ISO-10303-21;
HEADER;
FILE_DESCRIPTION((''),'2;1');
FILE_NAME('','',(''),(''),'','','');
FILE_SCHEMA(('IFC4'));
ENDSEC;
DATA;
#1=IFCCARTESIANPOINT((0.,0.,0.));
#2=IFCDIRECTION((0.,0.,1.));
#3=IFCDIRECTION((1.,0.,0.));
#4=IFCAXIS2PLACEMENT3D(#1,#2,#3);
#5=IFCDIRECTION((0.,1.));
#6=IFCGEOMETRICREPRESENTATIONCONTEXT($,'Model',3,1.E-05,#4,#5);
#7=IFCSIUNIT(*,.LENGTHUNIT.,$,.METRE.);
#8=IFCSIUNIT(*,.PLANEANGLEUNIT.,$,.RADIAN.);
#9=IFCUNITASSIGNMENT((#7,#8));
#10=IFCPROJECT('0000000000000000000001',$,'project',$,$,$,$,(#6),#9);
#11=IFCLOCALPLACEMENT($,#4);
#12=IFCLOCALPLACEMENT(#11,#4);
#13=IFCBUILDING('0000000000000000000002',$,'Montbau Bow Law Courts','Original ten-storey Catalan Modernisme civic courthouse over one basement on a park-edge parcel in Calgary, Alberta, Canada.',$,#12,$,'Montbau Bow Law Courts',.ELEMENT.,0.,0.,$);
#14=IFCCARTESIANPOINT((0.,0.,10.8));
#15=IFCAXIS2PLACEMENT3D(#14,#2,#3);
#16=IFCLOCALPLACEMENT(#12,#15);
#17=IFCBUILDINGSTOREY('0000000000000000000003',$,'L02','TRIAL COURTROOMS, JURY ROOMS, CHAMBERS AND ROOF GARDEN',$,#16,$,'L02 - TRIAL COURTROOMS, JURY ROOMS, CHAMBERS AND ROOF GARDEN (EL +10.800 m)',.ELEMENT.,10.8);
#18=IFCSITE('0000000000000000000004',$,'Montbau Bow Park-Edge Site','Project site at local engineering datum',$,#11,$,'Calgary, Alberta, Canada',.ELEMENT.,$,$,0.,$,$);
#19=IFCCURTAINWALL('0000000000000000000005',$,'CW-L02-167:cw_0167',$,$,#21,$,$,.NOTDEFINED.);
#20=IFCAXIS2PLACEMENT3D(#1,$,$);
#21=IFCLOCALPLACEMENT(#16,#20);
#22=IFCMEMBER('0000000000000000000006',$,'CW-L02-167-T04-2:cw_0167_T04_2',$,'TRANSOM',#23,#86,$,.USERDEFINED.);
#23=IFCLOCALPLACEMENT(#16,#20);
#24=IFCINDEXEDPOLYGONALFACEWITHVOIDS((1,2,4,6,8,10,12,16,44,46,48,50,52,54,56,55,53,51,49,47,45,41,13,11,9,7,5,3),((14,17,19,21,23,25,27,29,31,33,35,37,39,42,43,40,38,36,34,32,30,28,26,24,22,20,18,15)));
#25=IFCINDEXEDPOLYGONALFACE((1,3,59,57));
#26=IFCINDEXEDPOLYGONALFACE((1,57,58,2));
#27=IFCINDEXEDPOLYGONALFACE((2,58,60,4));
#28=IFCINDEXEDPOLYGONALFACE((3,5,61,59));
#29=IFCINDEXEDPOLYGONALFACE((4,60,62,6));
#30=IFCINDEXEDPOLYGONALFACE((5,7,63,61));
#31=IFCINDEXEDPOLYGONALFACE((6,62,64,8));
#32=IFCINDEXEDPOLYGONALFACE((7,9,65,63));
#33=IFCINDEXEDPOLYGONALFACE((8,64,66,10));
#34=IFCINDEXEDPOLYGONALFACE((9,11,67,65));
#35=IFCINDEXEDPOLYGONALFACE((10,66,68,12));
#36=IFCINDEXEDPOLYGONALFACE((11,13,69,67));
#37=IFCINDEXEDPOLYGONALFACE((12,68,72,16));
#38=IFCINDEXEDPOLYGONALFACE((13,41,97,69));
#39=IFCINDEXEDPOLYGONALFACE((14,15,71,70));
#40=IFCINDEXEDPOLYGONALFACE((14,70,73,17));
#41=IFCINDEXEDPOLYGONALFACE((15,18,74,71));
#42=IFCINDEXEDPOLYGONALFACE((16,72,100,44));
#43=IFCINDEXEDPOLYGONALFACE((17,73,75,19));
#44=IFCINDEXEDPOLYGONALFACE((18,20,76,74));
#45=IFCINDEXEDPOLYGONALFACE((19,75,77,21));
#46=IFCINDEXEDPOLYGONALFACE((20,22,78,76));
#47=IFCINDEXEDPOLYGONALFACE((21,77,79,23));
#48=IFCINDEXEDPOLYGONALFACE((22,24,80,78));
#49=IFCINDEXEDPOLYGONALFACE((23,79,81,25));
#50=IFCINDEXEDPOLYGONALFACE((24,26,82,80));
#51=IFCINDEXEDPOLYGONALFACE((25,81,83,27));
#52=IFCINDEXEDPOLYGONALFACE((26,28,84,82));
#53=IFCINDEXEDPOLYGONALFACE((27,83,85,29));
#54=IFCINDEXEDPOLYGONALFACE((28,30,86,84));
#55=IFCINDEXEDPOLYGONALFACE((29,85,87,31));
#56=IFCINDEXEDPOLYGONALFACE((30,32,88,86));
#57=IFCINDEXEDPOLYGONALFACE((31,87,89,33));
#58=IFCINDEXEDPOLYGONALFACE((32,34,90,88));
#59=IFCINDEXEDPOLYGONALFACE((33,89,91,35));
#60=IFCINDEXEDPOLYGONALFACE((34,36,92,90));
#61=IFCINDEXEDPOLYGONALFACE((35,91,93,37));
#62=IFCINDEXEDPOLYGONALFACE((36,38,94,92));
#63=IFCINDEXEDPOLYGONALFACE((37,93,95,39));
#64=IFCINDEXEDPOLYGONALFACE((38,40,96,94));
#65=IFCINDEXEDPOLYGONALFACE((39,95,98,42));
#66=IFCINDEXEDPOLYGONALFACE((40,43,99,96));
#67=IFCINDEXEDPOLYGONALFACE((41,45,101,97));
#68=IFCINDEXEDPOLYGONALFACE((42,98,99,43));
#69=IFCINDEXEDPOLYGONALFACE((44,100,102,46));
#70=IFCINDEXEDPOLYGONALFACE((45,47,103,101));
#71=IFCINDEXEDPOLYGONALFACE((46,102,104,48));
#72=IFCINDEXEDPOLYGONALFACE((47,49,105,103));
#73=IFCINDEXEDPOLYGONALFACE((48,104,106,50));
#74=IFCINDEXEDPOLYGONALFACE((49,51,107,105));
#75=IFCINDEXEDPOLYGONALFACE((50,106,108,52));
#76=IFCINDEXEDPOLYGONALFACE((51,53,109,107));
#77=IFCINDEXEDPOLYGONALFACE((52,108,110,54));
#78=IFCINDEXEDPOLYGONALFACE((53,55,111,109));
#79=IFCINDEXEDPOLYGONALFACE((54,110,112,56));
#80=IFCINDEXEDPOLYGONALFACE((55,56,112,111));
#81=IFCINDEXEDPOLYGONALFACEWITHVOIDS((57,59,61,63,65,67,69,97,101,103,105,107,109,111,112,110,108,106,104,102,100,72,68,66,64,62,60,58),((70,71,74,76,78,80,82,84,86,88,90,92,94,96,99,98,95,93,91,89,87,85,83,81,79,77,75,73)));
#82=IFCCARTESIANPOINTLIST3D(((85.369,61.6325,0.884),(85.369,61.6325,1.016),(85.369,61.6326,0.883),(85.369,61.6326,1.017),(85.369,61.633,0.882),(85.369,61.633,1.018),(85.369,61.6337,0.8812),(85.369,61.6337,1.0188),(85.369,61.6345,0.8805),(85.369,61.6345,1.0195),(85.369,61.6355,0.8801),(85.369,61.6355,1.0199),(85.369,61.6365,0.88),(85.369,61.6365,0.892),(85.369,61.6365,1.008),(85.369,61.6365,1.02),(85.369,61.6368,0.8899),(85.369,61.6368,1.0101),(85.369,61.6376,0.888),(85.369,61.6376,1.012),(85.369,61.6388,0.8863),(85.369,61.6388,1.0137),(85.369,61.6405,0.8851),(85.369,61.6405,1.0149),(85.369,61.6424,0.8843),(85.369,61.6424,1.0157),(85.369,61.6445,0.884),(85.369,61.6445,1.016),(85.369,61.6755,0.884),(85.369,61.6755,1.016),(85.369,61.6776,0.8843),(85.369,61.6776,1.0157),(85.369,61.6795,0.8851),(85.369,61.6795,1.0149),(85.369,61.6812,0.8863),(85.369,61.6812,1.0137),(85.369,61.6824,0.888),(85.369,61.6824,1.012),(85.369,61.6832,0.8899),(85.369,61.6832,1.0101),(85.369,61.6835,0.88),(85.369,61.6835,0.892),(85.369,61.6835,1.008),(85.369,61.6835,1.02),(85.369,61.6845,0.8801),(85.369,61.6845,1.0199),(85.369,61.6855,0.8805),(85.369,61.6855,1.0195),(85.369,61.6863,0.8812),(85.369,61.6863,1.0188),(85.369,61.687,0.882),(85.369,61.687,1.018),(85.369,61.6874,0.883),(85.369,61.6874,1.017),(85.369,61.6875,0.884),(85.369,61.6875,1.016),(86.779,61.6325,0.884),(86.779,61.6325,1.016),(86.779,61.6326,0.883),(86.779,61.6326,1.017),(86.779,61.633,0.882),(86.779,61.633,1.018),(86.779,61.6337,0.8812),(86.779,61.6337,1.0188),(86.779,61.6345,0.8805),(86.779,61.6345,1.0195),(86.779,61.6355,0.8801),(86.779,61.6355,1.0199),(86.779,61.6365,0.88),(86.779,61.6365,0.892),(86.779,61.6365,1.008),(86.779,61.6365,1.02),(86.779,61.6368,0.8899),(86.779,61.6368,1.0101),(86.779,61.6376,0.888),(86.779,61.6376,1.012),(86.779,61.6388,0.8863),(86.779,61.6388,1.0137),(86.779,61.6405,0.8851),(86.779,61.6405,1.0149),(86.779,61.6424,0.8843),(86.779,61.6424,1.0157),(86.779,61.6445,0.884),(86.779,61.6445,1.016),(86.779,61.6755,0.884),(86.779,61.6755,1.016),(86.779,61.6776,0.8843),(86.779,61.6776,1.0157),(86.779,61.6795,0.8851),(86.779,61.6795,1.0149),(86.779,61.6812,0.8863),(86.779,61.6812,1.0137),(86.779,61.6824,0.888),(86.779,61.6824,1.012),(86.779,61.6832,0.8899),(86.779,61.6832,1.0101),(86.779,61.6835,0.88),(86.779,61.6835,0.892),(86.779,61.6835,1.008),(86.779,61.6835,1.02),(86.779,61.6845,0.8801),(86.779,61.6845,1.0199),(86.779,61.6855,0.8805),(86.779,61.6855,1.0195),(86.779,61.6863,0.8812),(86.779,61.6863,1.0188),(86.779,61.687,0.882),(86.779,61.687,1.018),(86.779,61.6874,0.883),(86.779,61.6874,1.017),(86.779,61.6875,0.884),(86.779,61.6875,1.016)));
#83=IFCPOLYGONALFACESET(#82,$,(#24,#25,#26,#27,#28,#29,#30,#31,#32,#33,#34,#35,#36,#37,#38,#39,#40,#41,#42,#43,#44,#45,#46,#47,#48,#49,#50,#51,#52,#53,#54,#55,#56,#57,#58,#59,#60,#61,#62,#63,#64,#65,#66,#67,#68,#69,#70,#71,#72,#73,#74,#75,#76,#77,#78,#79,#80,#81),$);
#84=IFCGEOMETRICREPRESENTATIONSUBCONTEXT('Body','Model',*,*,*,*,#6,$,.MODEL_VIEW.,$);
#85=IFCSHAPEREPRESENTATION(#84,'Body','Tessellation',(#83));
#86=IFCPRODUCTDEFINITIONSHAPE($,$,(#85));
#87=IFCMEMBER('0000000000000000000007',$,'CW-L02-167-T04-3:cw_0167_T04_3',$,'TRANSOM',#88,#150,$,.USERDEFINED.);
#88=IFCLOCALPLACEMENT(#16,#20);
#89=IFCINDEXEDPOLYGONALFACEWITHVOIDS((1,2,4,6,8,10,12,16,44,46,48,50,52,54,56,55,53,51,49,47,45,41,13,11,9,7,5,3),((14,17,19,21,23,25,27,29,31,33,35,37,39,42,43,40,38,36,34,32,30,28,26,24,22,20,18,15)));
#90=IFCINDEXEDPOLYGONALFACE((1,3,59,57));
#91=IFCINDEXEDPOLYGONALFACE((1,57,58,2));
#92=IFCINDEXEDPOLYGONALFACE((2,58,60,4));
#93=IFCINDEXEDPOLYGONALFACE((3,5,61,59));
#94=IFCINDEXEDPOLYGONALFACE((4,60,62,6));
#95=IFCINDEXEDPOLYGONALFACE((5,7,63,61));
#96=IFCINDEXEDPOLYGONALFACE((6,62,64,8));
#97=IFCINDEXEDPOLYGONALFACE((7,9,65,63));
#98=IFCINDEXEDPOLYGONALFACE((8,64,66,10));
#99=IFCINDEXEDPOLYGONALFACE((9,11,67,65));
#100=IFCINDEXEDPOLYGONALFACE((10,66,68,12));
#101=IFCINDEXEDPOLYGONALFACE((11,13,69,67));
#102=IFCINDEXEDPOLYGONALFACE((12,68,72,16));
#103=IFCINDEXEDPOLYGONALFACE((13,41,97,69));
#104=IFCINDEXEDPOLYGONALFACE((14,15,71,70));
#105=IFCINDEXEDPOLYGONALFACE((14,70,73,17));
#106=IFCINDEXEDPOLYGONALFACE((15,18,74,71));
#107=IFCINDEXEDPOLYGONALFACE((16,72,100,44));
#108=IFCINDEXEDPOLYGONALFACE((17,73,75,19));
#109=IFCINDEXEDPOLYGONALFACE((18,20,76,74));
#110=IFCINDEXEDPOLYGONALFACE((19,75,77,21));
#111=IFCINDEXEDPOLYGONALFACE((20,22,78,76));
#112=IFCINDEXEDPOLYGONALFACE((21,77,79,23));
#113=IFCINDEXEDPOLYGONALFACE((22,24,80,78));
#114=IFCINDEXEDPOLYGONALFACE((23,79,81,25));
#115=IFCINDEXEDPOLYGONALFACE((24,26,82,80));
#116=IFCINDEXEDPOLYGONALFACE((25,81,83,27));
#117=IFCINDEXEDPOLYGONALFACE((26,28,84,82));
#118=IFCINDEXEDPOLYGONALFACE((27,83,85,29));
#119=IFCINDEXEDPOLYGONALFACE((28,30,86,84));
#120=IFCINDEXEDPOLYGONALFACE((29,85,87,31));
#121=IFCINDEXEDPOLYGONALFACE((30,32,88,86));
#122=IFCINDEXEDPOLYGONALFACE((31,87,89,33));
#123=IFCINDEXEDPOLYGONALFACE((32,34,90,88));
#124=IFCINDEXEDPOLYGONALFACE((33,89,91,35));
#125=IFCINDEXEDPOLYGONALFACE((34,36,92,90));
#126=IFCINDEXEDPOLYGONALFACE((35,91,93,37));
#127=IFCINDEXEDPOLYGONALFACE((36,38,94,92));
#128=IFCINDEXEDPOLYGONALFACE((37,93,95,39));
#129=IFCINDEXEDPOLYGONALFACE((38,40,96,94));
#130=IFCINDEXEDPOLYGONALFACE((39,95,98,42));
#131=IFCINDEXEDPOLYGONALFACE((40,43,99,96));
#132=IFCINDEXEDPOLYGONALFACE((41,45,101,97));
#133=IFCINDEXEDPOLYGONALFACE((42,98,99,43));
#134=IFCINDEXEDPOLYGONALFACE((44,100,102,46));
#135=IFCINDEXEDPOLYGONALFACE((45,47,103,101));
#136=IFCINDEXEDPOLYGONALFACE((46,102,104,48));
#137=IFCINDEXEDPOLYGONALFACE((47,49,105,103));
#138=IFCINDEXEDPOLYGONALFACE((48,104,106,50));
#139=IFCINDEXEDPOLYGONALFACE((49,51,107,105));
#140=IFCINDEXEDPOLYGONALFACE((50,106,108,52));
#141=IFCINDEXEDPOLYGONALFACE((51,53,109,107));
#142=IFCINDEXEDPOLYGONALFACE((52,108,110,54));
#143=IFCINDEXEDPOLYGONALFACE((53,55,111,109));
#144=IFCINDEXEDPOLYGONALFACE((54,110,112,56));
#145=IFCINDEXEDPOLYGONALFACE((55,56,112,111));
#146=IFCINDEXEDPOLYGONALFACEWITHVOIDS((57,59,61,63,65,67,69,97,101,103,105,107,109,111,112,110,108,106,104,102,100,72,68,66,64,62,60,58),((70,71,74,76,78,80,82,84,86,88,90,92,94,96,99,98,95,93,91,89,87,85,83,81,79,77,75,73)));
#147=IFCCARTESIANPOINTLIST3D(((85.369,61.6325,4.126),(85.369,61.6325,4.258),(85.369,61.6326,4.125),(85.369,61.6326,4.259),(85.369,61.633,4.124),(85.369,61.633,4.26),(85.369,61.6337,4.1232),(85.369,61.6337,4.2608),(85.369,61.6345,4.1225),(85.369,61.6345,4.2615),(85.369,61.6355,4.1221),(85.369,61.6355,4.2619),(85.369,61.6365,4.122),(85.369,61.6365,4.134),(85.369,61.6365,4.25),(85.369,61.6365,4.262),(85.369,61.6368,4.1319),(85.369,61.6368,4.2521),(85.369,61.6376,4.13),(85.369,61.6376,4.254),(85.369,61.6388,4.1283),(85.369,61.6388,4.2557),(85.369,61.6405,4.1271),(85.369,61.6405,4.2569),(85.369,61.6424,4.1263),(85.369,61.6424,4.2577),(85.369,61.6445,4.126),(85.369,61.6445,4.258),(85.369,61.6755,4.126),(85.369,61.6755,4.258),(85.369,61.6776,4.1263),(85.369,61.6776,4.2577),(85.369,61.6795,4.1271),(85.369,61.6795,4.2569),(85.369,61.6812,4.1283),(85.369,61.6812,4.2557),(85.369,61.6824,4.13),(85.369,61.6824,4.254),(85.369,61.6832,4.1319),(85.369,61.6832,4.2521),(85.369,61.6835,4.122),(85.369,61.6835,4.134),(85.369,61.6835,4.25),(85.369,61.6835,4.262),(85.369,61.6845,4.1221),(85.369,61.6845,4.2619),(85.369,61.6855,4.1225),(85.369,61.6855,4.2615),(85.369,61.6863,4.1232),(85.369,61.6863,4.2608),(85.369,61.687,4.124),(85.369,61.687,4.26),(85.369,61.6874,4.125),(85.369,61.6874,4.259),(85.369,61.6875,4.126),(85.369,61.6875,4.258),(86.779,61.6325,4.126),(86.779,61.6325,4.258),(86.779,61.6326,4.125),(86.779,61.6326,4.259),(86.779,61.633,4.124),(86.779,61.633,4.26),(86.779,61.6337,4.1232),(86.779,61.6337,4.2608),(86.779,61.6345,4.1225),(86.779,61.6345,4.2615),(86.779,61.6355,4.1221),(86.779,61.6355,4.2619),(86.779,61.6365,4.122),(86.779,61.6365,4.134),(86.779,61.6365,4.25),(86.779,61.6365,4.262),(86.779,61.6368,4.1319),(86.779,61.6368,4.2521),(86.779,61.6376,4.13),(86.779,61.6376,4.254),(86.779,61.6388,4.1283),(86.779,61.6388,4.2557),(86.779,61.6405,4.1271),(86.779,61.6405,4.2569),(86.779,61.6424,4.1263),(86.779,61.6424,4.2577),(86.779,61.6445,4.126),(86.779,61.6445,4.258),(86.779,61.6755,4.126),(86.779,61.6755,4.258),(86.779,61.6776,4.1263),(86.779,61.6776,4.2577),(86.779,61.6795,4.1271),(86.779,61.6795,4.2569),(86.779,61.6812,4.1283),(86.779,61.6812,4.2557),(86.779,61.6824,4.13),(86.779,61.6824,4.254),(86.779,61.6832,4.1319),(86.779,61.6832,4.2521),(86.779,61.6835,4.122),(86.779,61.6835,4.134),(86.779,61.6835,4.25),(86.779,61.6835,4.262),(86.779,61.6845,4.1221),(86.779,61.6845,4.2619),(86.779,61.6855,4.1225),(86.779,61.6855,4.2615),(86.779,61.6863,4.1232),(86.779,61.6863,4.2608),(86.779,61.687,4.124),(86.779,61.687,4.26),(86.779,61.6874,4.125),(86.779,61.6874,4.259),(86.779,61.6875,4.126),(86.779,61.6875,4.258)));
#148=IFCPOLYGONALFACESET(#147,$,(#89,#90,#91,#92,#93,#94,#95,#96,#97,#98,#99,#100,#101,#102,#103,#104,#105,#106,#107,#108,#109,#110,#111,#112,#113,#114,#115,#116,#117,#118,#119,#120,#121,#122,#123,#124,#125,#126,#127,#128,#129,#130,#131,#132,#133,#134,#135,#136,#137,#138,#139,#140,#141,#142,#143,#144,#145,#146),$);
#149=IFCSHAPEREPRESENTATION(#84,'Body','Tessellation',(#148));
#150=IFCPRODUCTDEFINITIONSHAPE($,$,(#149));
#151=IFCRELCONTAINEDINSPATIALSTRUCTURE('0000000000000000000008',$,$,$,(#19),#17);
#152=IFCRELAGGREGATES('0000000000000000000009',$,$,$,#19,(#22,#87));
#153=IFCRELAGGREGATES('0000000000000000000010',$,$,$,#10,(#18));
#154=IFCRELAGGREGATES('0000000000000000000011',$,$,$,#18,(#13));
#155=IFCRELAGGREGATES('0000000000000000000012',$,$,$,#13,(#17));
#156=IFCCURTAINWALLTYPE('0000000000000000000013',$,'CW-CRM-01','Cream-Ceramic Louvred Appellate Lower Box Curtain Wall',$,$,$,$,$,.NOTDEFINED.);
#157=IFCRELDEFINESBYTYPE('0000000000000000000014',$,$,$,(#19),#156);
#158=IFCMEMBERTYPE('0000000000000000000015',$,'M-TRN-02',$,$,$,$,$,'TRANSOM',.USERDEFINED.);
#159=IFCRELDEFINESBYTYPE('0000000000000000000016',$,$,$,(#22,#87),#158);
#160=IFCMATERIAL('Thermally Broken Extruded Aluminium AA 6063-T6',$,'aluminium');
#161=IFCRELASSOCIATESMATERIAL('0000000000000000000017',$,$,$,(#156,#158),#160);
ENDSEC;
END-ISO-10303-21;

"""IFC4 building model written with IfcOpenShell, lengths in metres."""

from ifc_helpers import new_model, si_unit, direction, frame, origin_with_axes, origin_2d_with_axis, place, context, subcontext, project, spatial, hollow_rectangle, extrude, material, material_profile, profile_set, type_object, element, aggregate, save


model = new_model("IFC4")

# Units and contexts
model_context = context("Model", 3, precision=1e-05, world=origin_with_axes(), true_north=direction((0.0, 1.0)))
body_context = subcontext(model_context, "Body", "Model", "MODEL_VIEW")
ifc_project = project(units=[si_unit("LENGTHUNIT", "METRE"), si_unit("PLANEANGLEUNIT", "RADIAN")], contexts=[model_context])

# Site, building, storey
site_placement = place(None, origin_with_axes())
site = spatial("IfcSite", under=ifc_project, at=site_placement, Name="Montbau Bow Park-Edge Site", Description="Project site at local engineering datum", LongName="Calgary, Alberta, Canada", CompositionType="ELEMENT", RefElevation=0.0)
building_placement = place(site_placement, origin_with_axes())
building = spatial("IfcBuilding", under=site, at=building_placement, Name="Montbau Bow Law Courts", Description="Original ten-storey Catalan Modernisme civic courthouse over one basement on a park-edge parcel in Calgary, Alberta, Canada.", LongName="Montbau Bow Law Courts", CompositionType="ELEMENT", ElevationOfRefHeight=0.0, ElevationOfTerrain=0.0)
storey_placement = place(building_placement, frame((0.0, 0.0, 10.8), z_axis=(0.0, 0.0, 1.0), x_axis=(1.0, 0.0, 0.0)))
storey = spatial("IfcBuildingStorey", under=building, at=storey_placement, Name="L02", Description="TRIAL COURTROOMS, JURY ROOMS, CHAMBERS AND ROOF GARDEN", LongName="L02 - TRIAL COURTROOMS, JURY ROOMS, CHAMBERS AND ROOF GARDEN (EL +10.800 m)", CompositionType="ELEMENT", Elevation=10.8)

# Curtain wall, members
ifc_material_1 = material(Name="Thermally Broken Extruded Aluminium AA 6063-T6", Category="aluminium")
curtain_wall_type = type_object("IfcCurtainWallType", Name="CW-CRM-01", Description="Cream-Ceramic Louvred Appellate Lower Box Curtain Wall", PredefinedType="NOTDEFINED", material=ifc_material_1)
curtain_wall_placement = place(None, frame((80.915, 61.66, 10.8), z_axis=(0.0, 0.0, 1.0), x_axis=(1.0, 0.0, 0.0)))
curtain_wall = element("IfcCurtainWall", 1, at=curtain_wall_placement, inside=storey, type_object=curtain_wall_type, Name="CW-L02-167:cw_0167", PredefinedType="NOTDEFINED")
ifc_material_profile_1 = material_profile(ifc_material_1, hollow_rectangle(XDim=0.055, YDim=0.14, WallThickness=0.004, InnerFilletRadius=0.008, OuterFilletRadius=0.004, at=origin_2d_with_axis()), Name="CWT-140X55", Category="Main", Priority=0)
ifc_profile_set_1 = profile_set([ifc_material_profile_1], Name="Thermally Broken Extruded Aluminium AA 6063-T6")
member_type_1 = type_object("IfcMemberType", Name="M-TRN-02", ElementType="TRANSOM", PredefinedType="USERDEFINED", material=ifc_profile_set_1)
member_1_placement = place(None, frame((85.369, 61.66, 11.75), z_axis=(1.0, 0.0, 0.0), x_axis=(0.0, 1.0, 0.0)))
member_1 = element("IfcMember", 2, at=member_1_placement, type_object=member_type_1, Name="CW-L02-167-T04-2:cw_0167_T04_2", ObjectType="TRANSOM", PredefinedType="USERDEFINED", context=body_context, shape_type="SweptSolid", body=[
    extrude(hollow_rectangle(XDim=0.055, YDim=0.14, WallThickness=0.004, InnerFilletRadius=0.008, OuterFilletRadius=0.004, at=origin_2d_with_axis()), origin_with_axes(), (0.0, 0.0, 1.0), 1.41),
])
member_2_placement = place(None, frame((85.369, 61.66, 14.992), z_axis=(1.0, 0.0, 0.0), x_axis=(0.0, 1.0, 0.0)))
member_2 = element("IfcMember", 3, at=member_2_placement, type_object=member_type_1, Name="CW-L02-167-T04-3:cw_0167_T04_3", ObjectType="TRANSOM", PredefinedType="USERDEFINED", context=body_context, shape_type="SweptSolid", body=[
    extrude(hollow_rectangle(XDim=0.055, YDim=0.14, WallThickness=0.004, InnerFilletRadius=0.008, OuterFilletRadius=0.004, at=origin_2d_with_axis()), origin_with_axes(), (0.0, 0.0, 1.0), 1.41),
])
aggregate(curtain_wall, [member_1, member_2])

save(model, "model.ifc")
